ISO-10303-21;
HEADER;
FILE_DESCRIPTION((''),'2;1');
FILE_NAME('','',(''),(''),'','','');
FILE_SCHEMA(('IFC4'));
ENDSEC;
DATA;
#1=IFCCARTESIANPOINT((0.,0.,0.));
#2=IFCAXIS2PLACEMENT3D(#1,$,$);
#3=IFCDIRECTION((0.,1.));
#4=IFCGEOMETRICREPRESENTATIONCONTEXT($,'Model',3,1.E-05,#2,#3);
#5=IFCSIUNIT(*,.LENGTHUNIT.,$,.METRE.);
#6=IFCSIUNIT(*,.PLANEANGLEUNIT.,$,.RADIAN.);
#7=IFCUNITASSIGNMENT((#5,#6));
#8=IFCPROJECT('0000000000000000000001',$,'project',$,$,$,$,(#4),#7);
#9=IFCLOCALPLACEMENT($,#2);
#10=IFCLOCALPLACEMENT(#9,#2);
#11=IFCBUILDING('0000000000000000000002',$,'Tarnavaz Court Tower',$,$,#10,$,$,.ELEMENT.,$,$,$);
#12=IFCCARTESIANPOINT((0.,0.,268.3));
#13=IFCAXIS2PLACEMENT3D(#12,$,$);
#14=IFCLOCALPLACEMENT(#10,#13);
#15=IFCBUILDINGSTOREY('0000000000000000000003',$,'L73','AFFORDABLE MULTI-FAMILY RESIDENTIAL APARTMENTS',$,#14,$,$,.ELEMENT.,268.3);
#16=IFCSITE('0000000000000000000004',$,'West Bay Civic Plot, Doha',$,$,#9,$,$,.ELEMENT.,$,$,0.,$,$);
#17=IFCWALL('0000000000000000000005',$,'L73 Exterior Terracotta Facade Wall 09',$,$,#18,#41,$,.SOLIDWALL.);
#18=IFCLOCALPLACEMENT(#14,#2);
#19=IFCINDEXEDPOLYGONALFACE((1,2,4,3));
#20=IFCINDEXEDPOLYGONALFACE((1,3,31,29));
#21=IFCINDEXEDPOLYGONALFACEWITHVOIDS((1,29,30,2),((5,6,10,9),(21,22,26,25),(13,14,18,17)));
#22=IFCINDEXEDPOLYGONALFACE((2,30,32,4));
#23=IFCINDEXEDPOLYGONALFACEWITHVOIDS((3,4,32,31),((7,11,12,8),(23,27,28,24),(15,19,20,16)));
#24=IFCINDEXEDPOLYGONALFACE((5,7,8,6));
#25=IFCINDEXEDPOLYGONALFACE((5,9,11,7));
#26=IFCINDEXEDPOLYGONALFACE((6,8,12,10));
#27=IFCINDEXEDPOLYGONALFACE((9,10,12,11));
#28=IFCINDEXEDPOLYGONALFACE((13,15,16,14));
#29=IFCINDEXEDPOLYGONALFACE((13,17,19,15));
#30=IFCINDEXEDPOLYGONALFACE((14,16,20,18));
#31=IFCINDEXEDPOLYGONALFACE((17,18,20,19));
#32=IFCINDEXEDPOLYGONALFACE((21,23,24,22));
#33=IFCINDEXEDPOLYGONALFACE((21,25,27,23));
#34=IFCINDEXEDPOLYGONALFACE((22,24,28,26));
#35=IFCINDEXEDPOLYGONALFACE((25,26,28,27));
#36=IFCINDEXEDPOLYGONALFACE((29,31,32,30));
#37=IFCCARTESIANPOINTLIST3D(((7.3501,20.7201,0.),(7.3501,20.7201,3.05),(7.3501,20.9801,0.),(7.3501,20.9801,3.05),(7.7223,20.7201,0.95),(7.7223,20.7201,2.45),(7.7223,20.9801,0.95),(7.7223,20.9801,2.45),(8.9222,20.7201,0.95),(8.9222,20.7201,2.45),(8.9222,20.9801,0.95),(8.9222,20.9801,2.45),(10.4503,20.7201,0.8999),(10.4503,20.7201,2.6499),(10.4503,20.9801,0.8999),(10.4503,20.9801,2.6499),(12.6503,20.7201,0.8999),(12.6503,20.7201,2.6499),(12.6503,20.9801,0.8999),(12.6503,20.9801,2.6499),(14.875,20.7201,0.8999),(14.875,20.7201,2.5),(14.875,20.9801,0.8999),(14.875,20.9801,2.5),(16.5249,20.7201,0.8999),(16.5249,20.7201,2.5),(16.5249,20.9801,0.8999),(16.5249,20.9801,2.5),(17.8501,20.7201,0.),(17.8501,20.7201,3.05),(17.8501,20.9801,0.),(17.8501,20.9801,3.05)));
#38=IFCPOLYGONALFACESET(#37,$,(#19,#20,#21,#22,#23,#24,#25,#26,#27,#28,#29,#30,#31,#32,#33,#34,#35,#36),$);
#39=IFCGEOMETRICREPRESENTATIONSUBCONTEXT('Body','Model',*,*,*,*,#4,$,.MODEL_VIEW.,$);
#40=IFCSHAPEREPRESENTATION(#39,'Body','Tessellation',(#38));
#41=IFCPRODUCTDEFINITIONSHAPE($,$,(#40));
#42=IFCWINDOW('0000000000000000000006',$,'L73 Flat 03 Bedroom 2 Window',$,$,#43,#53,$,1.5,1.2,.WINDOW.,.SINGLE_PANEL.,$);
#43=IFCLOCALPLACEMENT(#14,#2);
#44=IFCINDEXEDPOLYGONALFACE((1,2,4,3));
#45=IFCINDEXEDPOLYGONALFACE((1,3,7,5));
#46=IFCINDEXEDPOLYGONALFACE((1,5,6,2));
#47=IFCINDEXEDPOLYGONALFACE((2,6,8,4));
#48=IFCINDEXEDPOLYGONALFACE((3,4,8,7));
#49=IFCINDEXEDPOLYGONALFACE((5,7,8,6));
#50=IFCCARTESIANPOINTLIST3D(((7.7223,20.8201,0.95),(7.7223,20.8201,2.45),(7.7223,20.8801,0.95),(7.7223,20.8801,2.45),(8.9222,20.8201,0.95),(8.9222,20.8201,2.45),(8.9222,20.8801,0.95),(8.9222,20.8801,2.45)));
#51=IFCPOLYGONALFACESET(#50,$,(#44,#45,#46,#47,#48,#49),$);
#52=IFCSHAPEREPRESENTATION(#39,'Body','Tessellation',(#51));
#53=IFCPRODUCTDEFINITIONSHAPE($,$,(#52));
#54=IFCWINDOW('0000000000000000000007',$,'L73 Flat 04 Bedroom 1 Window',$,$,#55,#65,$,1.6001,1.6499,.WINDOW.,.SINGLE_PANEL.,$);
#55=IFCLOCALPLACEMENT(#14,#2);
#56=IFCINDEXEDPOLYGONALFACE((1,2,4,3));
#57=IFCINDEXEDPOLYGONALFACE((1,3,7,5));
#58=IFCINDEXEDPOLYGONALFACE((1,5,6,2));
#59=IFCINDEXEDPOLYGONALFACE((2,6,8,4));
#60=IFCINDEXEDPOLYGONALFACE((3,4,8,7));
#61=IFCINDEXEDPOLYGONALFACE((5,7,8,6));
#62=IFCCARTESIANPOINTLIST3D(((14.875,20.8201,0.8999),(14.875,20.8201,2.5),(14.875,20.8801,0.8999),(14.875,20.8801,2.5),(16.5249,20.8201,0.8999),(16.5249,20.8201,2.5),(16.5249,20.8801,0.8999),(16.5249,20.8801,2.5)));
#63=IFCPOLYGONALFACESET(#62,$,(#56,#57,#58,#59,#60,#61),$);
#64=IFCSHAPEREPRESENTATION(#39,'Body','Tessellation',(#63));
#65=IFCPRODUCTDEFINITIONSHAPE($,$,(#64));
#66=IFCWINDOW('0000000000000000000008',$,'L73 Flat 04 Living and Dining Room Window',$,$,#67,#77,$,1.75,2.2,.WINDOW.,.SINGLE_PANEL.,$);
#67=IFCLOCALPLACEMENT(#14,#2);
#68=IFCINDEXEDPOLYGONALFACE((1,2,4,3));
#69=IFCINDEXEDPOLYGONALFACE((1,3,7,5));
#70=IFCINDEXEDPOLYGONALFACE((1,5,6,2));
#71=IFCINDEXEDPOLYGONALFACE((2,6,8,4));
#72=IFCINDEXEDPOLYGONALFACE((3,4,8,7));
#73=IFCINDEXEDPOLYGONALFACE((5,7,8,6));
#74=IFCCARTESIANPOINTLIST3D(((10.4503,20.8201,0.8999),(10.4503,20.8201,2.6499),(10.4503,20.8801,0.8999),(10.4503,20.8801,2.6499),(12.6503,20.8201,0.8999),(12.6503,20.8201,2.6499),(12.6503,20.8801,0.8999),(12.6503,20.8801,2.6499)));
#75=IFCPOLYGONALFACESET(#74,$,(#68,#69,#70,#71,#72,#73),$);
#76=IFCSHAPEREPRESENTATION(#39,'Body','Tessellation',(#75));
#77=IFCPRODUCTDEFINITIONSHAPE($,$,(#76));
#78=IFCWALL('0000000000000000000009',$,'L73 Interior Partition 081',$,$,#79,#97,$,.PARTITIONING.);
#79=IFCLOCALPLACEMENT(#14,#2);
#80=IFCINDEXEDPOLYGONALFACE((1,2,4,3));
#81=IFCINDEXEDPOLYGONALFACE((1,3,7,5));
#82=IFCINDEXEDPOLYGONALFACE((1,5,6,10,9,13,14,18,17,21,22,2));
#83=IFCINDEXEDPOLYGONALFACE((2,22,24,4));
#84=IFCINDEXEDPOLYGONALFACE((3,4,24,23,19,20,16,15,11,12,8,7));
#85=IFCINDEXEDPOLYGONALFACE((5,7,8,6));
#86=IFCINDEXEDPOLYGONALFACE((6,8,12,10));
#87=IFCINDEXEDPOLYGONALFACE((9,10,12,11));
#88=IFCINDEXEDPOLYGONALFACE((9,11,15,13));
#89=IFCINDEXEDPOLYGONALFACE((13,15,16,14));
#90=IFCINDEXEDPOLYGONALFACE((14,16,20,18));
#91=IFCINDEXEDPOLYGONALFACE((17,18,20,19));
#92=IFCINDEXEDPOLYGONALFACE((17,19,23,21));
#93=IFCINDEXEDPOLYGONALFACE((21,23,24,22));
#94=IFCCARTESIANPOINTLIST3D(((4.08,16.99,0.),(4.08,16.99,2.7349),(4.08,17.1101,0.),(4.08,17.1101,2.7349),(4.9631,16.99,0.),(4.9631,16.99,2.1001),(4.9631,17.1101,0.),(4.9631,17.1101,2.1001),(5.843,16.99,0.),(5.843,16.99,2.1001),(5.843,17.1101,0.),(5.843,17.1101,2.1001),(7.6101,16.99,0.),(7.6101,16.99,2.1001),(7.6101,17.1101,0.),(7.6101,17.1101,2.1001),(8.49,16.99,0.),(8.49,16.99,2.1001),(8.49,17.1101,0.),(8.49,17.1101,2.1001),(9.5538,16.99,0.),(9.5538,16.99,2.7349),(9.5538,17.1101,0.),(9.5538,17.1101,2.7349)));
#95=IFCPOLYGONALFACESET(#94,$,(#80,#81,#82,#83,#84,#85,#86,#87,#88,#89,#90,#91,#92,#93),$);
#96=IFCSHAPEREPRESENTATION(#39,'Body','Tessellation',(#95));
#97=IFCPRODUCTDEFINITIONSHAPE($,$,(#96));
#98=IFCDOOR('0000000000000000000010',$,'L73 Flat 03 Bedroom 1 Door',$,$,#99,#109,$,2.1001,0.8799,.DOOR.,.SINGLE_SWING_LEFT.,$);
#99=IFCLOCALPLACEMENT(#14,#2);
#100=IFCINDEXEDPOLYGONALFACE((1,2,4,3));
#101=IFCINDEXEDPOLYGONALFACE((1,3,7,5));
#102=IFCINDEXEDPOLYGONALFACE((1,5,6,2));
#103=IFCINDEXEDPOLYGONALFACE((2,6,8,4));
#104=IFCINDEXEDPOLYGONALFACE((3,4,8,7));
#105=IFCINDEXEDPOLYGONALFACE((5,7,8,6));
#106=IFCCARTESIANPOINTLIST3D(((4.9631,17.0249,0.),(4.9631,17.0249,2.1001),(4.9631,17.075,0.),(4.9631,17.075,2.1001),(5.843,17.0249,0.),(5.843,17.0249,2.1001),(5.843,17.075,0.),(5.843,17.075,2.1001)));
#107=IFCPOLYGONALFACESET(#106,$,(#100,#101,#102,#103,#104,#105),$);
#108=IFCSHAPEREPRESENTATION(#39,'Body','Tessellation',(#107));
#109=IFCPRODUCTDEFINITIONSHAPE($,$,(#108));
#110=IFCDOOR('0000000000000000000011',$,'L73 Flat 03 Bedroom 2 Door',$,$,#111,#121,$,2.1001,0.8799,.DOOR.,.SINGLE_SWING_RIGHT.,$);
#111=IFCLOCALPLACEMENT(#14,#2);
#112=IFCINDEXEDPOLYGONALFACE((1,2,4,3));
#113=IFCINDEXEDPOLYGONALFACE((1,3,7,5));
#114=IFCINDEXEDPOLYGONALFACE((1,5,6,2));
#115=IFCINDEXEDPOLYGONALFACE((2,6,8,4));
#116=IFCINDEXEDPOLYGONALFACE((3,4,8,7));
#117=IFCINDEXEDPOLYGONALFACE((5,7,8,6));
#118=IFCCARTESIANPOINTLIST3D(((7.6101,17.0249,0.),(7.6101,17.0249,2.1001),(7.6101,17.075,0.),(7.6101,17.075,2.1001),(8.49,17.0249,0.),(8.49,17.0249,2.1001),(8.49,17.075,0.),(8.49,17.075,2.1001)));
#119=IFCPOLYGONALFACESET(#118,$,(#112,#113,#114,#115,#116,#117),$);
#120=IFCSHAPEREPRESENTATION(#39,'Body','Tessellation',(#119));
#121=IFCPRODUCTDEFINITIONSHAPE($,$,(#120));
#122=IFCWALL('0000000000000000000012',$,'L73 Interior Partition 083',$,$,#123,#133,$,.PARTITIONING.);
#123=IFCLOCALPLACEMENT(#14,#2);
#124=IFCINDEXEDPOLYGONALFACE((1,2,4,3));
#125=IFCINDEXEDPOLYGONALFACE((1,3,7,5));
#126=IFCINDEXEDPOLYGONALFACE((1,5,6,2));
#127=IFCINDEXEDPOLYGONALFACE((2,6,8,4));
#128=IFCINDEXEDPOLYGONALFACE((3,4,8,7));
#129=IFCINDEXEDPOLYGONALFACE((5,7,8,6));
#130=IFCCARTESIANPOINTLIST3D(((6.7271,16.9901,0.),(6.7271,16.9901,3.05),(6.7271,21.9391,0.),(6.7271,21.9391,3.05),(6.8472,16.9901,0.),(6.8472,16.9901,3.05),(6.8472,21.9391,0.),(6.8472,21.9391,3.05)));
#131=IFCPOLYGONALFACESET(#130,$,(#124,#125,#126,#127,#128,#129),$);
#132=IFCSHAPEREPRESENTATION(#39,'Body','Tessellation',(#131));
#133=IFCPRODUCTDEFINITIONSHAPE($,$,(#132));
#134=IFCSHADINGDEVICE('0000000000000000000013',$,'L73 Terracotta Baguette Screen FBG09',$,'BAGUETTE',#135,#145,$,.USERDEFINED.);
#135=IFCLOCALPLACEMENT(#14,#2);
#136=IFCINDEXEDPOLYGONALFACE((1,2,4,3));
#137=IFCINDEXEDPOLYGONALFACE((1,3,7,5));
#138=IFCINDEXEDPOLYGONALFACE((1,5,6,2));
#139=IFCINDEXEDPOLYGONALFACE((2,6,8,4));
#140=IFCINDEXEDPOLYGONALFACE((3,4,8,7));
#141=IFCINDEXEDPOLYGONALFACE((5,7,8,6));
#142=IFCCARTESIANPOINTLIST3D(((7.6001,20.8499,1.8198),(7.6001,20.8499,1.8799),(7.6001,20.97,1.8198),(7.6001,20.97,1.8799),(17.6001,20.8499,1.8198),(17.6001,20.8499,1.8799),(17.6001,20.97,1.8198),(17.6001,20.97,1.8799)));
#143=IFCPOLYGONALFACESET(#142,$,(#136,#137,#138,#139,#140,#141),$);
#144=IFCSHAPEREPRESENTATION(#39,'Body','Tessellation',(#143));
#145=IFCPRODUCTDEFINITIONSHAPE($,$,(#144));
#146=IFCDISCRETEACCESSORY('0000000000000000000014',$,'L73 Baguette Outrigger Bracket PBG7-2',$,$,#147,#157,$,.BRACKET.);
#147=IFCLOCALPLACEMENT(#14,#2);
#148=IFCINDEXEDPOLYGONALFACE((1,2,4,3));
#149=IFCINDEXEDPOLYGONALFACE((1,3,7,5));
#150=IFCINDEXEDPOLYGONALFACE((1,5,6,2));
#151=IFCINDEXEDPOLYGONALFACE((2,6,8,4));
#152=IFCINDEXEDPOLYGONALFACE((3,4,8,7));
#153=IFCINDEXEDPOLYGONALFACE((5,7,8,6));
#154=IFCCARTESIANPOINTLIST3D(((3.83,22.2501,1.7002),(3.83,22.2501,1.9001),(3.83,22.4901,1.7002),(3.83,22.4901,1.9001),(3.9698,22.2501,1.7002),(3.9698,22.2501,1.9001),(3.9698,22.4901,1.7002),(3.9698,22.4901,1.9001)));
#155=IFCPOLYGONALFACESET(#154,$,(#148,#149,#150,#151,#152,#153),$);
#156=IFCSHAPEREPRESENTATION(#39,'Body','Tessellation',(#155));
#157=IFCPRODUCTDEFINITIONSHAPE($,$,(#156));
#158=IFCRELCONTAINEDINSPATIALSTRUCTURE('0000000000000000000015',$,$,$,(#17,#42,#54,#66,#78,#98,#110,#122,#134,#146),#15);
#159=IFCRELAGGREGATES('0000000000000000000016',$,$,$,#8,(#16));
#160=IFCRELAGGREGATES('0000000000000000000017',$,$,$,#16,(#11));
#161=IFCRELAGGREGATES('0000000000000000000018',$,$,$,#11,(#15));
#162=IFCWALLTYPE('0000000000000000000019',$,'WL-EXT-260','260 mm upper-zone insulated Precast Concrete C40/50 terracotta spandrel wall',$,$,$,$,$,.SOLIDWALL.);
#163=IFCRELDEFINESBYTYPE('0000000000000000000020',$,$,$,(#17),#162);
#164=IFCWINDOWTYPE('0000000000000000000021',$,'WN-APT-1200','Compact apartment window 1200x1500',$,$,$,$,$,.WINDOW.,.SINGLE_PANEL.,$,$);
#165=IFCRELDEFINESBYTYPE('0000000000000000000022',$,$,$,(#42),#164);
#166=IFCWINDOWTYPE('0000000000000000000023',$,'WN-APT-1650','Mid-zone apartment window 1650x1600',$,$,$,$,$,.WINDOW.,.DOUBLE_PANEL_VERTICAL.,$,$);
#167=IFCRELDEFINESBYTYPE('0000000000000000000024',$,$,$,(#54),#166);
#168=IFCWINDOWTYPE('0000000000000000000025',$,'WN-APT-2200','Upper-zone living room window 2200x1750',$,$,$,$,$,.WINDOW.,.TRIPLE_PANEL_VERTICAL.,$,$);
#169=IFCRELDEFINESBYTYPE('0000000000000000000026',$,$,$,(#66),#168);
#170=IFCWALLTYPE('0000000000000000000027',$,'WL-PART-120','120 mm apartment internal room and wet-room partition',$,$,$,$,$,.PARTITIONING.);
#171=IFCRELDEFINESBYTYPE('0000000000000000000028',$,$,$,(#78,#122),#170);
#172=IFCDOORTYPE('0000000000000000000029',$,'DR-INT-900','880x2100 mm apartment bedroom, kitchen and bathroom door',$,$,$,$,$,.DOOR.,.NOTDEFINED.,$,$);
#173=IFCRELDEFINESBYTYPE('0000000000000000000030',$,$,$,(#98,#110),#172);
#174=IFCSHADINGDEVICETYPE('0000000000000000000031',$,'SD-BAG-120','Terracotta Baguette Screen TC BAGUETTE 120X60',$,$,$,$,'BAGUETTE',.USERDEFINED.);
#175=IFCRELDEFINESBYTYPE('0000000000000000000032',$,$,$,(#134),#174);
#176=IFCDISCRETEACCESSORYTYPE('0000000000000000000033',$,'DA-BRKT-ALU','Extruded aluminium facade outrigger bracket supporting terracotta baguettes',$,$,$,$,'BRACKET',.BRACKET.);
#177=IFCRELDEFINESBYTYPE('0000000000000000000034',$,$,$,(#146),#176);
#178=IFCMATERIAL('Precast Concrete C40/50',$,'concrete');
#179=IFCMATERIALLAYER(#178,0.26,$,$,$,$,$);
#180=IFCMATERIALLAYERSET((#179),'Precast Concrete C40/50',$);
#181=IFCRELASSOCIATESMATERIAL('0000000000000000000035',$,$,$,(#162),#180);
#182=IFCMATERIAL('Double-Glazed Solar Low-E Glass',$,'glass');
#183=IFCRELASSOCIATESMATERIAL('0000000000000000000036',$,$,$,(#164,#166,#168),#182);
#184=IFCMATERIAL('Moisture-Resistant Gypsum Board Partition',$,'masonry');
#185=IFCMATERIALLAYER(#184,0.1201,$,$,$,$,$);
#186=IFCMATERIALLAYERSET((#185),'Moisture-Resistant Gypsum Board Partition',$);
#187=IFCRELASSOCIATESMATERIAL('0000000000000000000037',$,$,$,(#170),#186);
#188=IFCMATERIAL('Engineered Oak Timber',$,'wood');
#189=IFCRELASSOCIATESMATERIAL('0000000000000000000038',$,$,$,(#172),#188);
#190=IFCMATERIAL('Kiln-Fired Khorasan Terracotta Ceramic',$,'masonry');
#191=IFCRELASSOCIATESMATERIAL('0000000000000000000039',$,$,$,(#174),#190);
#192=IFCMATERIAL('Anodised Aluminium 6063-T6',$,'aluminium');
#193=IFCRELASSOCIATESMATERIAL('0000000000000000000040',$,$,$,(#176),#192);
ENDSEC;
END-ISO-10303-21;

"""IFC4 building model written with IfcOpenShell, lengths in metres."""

from ifc_helpers import new_model, si_unit, direction, frame, frame_2d, origin, origin_2d, place, context, subcontext, project, spatial, rectangle, extrude, material, layer, layer_set, material_profile, profile_set, type_object, element, fill, save


model = new_model("IFC4")

# Units and contexts
model_context = context("Model", 3, precision=1e-05, world=origin(), true_north=direction((0.0, 1.0)))
body_context = subcontext(model_context, "Body", "Model", "MODEL_VIEW")
ifc_project = project(units=[si_unit("LENGTHUNIT", "METRE"), si_unit("PLANEANGLEUNIT", "RADIAN")], contexts=[model_context])

# Site, building, storey
site_placement = place(None, origin())
site = spatial("IfcSite", under=ifc_project, at=site_placement, Name="West Bay Civic Plot, Doha", CompositionType="ELEMENT", RefElevation=0.0)
building_placement = place(site_placement, origin())
building = spatial("IfcBuilding", under=site, at=building_placement, Name="Tarnavaz Court Tower", CompositionType="ELEMENT")
storey_placement = place(building_placement, frame((0.0, 0.0, 268.3)))
storey = spatial("IfcBuildingStorey", under=building, at=storey_placement, Name="L73", Description="AFFORDABLE MULTI-FAMILY RESIDENTIAL APARTMENTS", CompositionType="ELEMENT", Elevation=268.3)

# Shared definitions
ifc_material_1 = material(Name="Anodised Aluminium 6063-T6", Category="aluminium")
ifc_material_2 = material(Name="Double-Glazed Solar Low-E Glass", Category="glass")

# Shared definitions
ifc_material_3 = material(Name="Precast Concrete C40/50", Category="concrete")
ifc_layer_1 = layer(ifc_material_3, 0.26)
ifc_layer_set_1 = layer_set([ifc_layer_1], Name="Precast Concrete C40/50")
wall_type_1 = type_object("IfcWallType", Name="WL-EXT-260", Description="260 mm upper-zone insulated Precast Concrete C40/50 terracotta spandrel wall", PredefinedType="SOLIDWALL", material=ifc_layer_set_1)

# Wall, openings, windows
wall_1_placement = place(storey_placement, frame((7.3501, 20.8501, 0.0), z_axis=(0.0, 0.0, 1.0), x_axis=(1.0, 0.0, 0.0)))
wall_1 = element("IfcWall", 1, at=wall_1_placement, inside=storey, type_object=wall_type_1, Name="L73 Exterior Terracotta Facade Wall 09", PredefinedType="SOLIDWALL", context=body_context, shape_type="SweptSolid", body=[
    extrude(rectangle(XDim=10.5, YDim=0.26, at=frame_2d((5.25, 0.0))), origin(), (0.0, 0.0, 1.0), 3.05),
])
opening_1_placement = place(wall_1_placement, frame((0.3721, 0.0, 0.95)))
opening_1 = element("IfcOpeningElement", 2, at=opening_1_placement, cuts=wall_1, PredefinedType="OPENING", context=body_context, shape_type="SweptSolid", body=[
    extrude(rectangle(XDim=1.2, YDim=1.5, at=frame_2d((0.6001, 0.75))), frame((0.0, 0.1399, 0.0), z_axis=(0.0, -1.0, 0.0), x_axis=(1.0, 0.0, 0.0)), (0.0, 0.0, 1.0), 0.28),
])
opening_2_placement = place(wall_1_placement, frame((3.1001, 0.0, 0.8999)))
opening_2 = element("IfcOpeningElement", 3, at=opening_2_placement, cuts=wall_1, PredefinedType="OPENING", context=body_context, shape_type="SweptSolid", body=[
    extrude(rectangle(XDim=2.2, YDim=1.75, at=frame_2d((1.1001, 0.875))), frame((0.0, 0.1399, 0.0), z_axis=(0.0, -1.0, 0.0), x_axis=(1.0, 0.0, 0.0)), (0.0, 0.0, 1.0), 0.28),
])
opening_3_placement = place(wall_1_placement, frame((7.5249, 0.0, 0.8999)))
opening_3 = element("IfcOpeningElement", 4, at=opening_3_placement, cuts=wall_1, PredefinedType="OPENING", context=body_context, shape_type="SweptSolid", body=[
    extrude(rectangle(XDim=1.6499, YDim=1.6001, at=frame_2d((0.825, 0.8))), frame((0.0, 0.1399, 0.0), z_axis=(0.0, -1.0, 0.0), x_axis=(1.0, 0.0, 0.0)), (0.0, 0.0, 1.0), 0.28),
])
window_type_1 = type_object("IfcWindowType", Name="WN-APT-1200", Description="Compact apartment window 1200x1500", PartitioningType="SINGLE_PANEL", PredefinedType="WINDOW", material=ifc_material_2)
window_1_placement = place(opening_1_placement, origin())
window_1 = element("IfcWindow", 5, at=window_1_placement, inside=storey, type_object=window_type_1, Name="L73 Flat 03 Bedroom 2 Window", OverallHeight=1.5, OverallWidth=1.2, PartitioningType="SINGLE_PANEL", PredefinedType="WINDOW", context=body_context, shape_type="SweptSolid", body=[
    extrude(rectangle(XDim=1.2, YDim=1.5, at=frame_2d((0.6001, 0.75))), frame((0.0, 0.03, 0.0), z_axis=(0.0, -1.0, 0.0), x_axis=(1.0, 0.0, 0.0)), (0.0, 0.0, 1.0), 0.0601),
])
fill(opening_1, window_1)
window_type_2 = type_object("IfcWindowType", Name="WN-APT-1650", Description="Mid-zone apartment window 1650x1600", PartitioningType="DOUBLE_PANEL_VERTICAL", PredefinedType="WINDOW", material=ifc_material_2)
window_2_placement = place(opening_3_placement, origin())
window_2 = element("IfcWindow", 6, at=window_2_placement, inside=storey, type_object=window_type_2, Name="L73 Flat 04 Bedroom 1 Window", OverallHeight=1.6001, OverallWidth=1.6499, PartitioningType="SINGLE_PANEL", PredefinedType="WINDOW", context=body_context, shape_type="SweptSolid", body=[
    extrude(rectangle(XDim=1.6499, YDim=1.6001, at=frame_2d((0.825, 0.8))), frame((0.0, 0.03, 0.0), z_axis=(0.0, -1.0, 0.0), x_axis=(1.0, 0.0, 0.0)), (0.0, 0.0, 1.0), 0.0601),
])
fill(opening_3, window_2)
window_type_3 = type_object("IfcWindowType", Name="WN-APT-2200", Description="Upper-zone living room window 2200x1750", PartitioningType="TRIPLE_PANEL_VERTICAL", PredefinedType="WINDOW", material=ifc_material_2)
window_3_placement = place(opening_2_placement, origin())
window_3 = element("IfcWindow", 7, at=window_3_placement, inside=storey, type_object=window_type_3, Name="L73 Flat 04 Living and Dining Room Window", OverallHeight=1.75, OverallWidth=2.2, PartitioningType="SINGLE_PANEL", PredefinedType="WINDOW", context=body_context, shape_type="SweptSolid", body=[
    extrude(rectangle(XDim=2.2, YDim=1.75, at=frame_2d((1.1001, 0.875))), frame((0.0, 0.03, 0.0), z_axis=(0.0, -1.0, 0.0), x_axis=(1.0, 0.0, 0.0)), (0.0, 0.0, 1.0), 0.0601),
])
fill(opening_2, window_3)

# Wall, openings, doors
ifc_material_4 = material(Name="Moisture-Resistant Gypsum Board Partition", Category="masonry")
ifc_layer_2 = layer(ifc_material_4, 0.1201)
ifc_layer_set_2 = layer_set([ifc_layer_2], Name="Moisture-Resistant Gypsum Board Partition")
wall_type_2 = type_object("IfcWallType", Name="WL-PART-120", Description="120 mm apartment internal room and wet-room partition", PredefinedType="PARTITIONING", material=ifc_layer_set_2)
wall_2_placement = place(storey_placement, frame((4.0801, 17.05, 0.0), z_axis=(0.0, 0.0, 1.0), x_axis=(1.0, 0.0, 0.0)))
wall_2 = element("IfcWall", 8, at=wall_2_placement, inside=storey, type_object=wall_type_2, Name="L73 Interior Partition 081", PredefinedType="PARTITIONING", context=body_context, shape_type="SweptSolid", body=[
    extrude(rectangle(XDim=5.4739, YDim=0.1201, at=frame_2d((2.7368, 0.0))), origin(), (0.0, 0.0, 1.0), 2.7349),
])
opening_4_placement = place(wall_2_placement, frame((0.8831, 0.0, 0.0)))
opening_4 = element("IfcOpeningElement", 9, at=opening_4_placement, cuts=wall_2, PredefinedType="OPENING", context=body_context, shape_type="SweptSolid", body=[
    extrude(rectangle(XDim=0.8799, YDim=2.1001, at=frame_2d((0.4399, 1.05))), frame((0.0, 0.0701, 0.0), z_axis=(0.0, -1.0, 0.0), x_axis=(1.0, 0.0, 0.0)), (0.0, 0.0, 1.0), 0.1401),
])
opening_5_placement = place(wall_2_placement, frame((3.53, 0.0, 0.0)))
opening_5 = element("IfcOpeningElement", 10, at=opening_5_placement, cuts=wall_2, PredefinedType="OPENING", context=body_context, shape_type="SweptSolid", body=[
    extrude(rectangle(XDim=0.8799, YDim=2.1001, at=frame_2d((0.4399, 1.05))), frame((0.0, 0.0701, 0.0), z_axis=(0.0, -1.0, 0.0), x_axis=(1.0, 0.0, 0.0)), (0.0, 0.0, 1.0), 0.1401),
])
ifc_material_5 = material(Name="Engineered Oak Timber", Category="wood")
door_type = type_object("IfcDoorType", Name="DR-INT-900", Description="880x2100 mm apartment bedroom, kitchen and bathroom door", OperationType="NOTDEFINED", PredefinedType="DOOR", material=ifc_material_5)
door_1_placement = place(opening_4_placement, origin())
door_1 = element("IfcDoor", 11, at=door_1_placement, inside=storey, type_object=door_type, Name="L73 Flat 03 Bedroom 1 Door", OperationType="SINGLE_SWING_LEFT", OverallHeight=2.1001, OverallWidth=0.8799, PredefinedType="DOOR", context=body_context, shape_type="SweptSolid", body=[
    extrude(rectangle(XDim=0.8799, YDim=2.1001, at=frame_2d((0.4399, 1.05))), frame((0.0, 0.0249, 0.0), z_axis=(0.0, -1.0, 0.0), x_axis=(1.0, 0.0, 0.0)), (0.0, 0.0, 1.0), 0.05),
])
fill(opening_4, door_1)
door_2_placement = place(opening_5_placement, origin())
door_2 = element("IfcDoor", 12, at=door_2_placement, inside=storey, type_object=door_type, Name="L73 Flat 03 Bedroom 2 Door", OperationType="SINGLE_SWING_RIGHT", OverallHeight=2.1001, OverallWidth=0.8799, PredefinedType="DOOR", context=body_context, shape_type="SweptSolid", body=[
    extrude(rectangle(XDim=0.8799, YDim=2.1001, at=frame_2d((0.4399, 1.05))), frame((0.0, 0.0249, 0.0), z_axis=(0.0, -1.0, 0.0), x_axis=(1.0, 0.0, 0.0)), (0.0, 0.0, 1.0), 0.05),
])
fill(opening_5, door_2)

# Wall
wall_3_placement = place(storey_placement, frame((6.7871, 16.99, 0.0), z_axis=(0.0, 0.0, 1.0), x_axis=(0.0, 1.0, 0.0)))
element("IfcWall", 13, at=wall_3_placement, inside=storey, type_object=wall_type_2, Name="L73 Interior Partition 083", PredefinedType="PARTITIONING", context=body_context, shape_type="SweptSolid", body=[
    extrude(rectangle(XDim=4.949, YDim=0.1201, at=frame_2d((2.4746, 0.0))), origin(), (0.0, 0.0, 1.0), 3.05),
])

# Shading device
ifc_material_6 = material(Name="Kiln-Fired Khorasan Terracotta Ceramic", Category="masonry")
ifc_material_profile_1 = material_profile(ifc_material_6, rectangle(XDim=0.1201, YDim=0.0601, at=origin_2d()), Name="TC BAGUETTE 120X60")
ifc_profile_set_1 = profile_set([ifc_material_profile_1], Name="Kiln-Fired Khorasan Terracotta Ceramic")
shading_device_type = type_object("IfcShadingDeviceType", Name="SD-BAG-120", Description="Terracotta Baguette Screen TC BAGUETTE 120X60", ElementType="BAGUETTE", PredefinedType="USERDEFINED", material=ifc_profile_set_1)
shading_device_placement = place(storey_placement, frame((7.6001, 20.9099, 1.8499), z_axis=(1.0, 0.0, 0.0), x_axis=(0.0, 1.0, 0.0)))
element("IfcShadingDevice", 14, at=shading_device_placement, inside=storey, type_object=shading_device_type, Name="L73 Terracotta Baguette Screen FBG09", ObjectType="BAGUETTE", PredefinedType="USERDEFINED", context=body_context, shape_type="SweptSolid", body=[
    extrude(rectangle(XDim=0.1201, YDim=0.0601, at=origin_2d()), origin(), (0.0, 0.0, 1.0), 10.0),
])

# Discrete accessory
discrete_accessory_type = type_object("IfcDiscreteAccessoryType", Name="DA-BRKT-ALU", Description="Extruded aluminium facade outrigger bracket supporting terracotta baguettes", ElementType="BRACKET", PredefinedType="BRACKET", material=ifc_material_1)
for number, where, z_axis, x_axis, name in (
    (15, (3.8999, 22.3701, 1.7002), (0.0, 0.0, 1.0), (1.0, 0.0, 0.0), "L73 Baguette Outrigger Bracket PBG7-2"),
):
    element("IfcDiscreteAccessory", number, at=place(storey_placement, frame(where, z_axis=z_axis, x_axis=x_axis)), inside=storey, type_object=discrete_accessory_type, Name=name, PredefinedType="BRACKET", context=body_context, shape_type="SweptSolid", body=[
        extrude(rectangle(XDim=0.1399, YDim=0.24, at=origin_2d()), origin(), (0.0, 0.0, 1.0), 0.2),
    ])

save(model, "model.ifc")
